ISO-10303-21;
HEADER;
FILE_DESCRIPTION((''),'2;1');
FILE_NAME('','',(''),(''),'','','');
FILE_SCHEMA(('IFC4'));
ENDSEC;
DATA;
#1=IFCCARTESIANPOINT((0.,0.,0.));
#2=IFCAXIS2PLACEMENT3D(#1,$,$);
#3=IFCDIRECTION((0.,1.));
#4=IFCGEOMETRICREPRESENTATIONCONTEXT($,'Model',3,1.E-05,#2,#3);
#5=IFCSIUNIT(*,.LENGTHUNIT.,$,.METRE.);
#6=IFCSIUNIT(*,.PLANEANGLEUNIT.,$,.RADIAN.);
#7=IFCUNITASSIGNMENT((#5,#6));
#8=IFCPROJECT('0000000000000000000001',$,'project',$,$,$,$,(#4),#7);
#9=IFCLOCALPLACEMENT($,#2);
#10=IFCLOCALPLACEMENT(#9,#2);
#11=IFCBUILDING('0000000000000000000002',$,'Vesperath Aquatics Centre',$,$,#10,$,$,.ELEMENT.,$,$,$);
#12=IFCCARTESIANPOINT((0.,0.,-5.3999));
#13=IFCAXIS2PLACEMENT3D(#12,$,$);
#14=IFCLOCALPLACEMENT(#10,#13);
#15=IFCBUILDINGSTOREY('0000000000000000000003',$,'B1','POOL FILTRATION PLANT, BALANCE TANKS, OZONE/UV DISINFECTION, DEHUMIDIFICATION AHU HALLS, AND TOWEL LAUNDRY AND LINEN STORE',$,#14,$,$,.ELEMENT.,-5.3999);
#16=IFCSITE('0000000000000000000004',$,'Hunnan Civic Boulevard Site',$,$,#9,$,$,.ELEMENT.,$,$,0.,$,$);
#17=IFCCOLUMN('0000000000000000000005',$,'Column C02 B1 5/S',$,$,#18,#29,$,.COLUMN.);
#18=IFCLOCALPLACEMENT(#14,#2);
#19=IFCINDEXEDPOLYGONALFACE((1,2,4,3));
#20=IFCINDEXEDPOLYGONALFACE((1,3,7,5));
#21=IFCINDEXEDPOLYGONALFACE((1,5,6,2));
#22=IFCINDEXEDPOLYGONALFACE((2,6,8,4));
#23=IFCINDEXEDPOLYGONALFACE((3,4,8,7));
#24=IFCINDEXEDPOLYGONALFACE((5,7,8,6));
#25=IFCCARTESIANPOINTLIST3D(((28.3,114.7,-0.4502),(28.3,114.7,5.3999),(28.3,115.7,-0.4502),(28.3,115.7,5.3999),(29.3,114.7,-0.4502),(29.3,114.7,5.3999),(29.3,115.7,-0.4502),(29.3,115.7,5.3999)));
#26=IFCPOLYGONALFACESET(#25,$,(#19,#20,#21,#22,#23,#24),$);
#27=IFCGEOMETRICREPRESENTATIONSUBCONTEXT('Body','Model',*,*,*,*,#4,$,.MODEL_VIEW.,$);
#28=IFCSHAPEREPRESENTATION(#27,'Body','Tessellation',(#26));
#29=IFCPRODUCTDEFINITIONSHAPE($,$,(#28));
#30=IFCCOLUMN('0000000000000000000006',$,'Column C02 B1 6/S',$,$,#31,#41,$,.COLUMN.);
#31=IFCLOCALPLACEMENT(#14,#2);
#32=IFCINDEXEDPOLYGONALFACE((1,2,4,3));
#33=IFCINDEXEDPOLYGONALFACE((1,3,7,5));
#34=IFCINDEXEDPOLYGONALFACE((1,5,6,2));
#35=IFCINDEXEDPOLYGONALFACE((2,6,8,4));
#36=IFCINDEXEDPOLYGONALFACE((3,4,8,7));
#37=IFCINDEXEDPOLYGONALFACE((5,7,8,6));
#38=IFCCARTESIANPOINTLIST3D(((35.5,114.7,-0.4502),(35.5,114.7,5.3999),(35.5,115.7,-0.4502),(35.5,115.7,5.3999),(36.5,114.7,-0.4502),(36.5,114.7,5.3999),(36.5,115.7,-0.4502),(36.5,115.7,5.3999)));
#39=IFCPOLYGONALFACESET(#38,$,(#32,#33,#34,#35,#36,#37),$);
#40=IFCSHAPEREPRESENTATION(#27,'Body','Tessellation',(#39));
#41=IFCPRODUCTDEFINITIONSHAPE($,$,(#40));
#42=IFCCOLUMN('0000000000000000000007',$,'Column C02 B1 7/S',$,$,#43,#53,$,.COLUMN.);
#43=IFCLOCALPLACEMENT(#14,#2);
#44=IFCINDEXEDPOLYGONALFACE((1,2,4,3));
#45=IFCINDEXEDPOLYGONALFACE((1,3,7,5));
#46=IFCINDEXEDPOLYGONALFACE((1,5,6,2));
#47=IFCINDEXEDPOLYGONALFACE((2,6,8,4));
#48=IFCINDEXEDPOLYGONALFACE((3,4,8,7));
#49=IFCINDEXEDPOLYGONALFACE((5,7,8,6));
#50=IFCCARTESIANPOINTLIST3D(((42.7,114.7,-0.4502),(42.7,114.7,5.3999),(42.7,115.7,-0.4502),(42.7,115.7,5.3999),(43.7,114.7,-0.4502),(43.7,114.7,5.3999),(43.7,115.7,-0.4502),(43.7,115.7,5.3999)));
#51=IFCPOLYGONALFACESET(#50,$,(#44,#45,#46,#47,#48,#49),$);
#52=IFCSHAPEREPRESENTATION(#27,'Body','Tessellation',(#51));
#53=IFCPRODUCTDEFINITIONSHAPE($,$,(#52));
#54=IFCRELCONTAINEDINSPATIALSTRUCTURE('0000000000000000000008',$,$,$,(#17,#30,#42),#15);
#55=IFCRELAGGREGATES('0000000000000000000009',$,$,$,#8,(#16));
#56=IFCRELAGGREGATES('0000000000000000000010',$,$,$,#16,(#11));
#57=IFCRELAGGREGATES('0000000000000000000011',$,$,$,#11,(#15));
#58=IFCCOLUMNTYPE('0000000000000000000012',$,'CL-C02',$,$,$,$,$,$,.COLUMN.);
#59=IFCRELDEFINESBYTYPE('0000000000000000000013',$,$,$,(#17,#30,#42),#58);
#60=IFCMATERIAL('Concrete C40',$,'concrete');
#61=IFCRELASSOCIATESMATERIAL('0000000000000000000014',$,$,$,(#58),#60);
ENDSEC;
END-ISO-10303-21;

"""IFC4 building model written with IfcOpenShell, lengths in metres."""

from ifc_helpers import new_model, si_unit, direction, frame, origin, origin_2d, place, context, subcontext, project, spatial, rectangle, extrude, material, material_profile, profile_set, type_object, element, save


model = new_model("IFC4")

# Units and contexts
model_context = context("Model", 3, precision=1e-05, world=origin(), true_north=direction((0.0, 1.0)))
body_context = subcontext(model_context, "Body", "Model", "MODEL_VIEW")
ifc_project = project(units=[si_unit("LENGTHUNIT", "METRE"), si_unit("PLANEANGLEUNIT", "RADIAN")], contexts=[model_context])

# Site, building, storey
site_placement = place(None, origin())
site = spatial("IfcSite", under=ifc_project, at=site_placement, Name="Hunnan Civic Boulevard Site", CompositionType="ELEMENT", RefElevation=0.0)
building_placement = place(site_placement, origin())
building = spatial("IfcBuilding", under=site, at=building_placement, Name="Vesperath Aquatics Centre", CompositionType="ELEMENT")
storey_placement = place(building_placement, frame((0.0, 0.0, -5.3999)))
storey = spatial("IfcBuildingStorey", under=building, at=storey_placement, Name="B1", Description="POOL FILTRATION PLANT, BALANCE TANKS, OZONE/UV DISINFECTION, DEHUMIDIFICATION AHU HALLS, AND TOWEL LAUNDRY AND LINEN STORE", CompositionType="ELEMENT", Elevation=-5.3999)

# Shared definitions
ifc_material_1 = material(Name="Concrete C40", Category="concrete")

# Columns
ifc_material_profile_1 = material_profile(ifc_material_1, rectangle(XDim=1.0, YDim=1.0, at=origin_2d()), Name="RC 1000x1000")
ifc_profile_set_1 = profile_set([ifc_material_profile_1], Name="Concrete C40")
column_type = type_object("IfcColumnType", Name="CL-C02", PredefinedType="COLUMN", material=ifc_profile_set_1)
for number, where, z_axis, x_axis, name in (
    (1, (28.8, 115.2, -0.4502), (0.0, 0.0, 1.0), (1.0, 0.0, 0.0), "Column C02 B1 5/S"),
    (2, (36.0, 115.2, -0.4502), (0.0, 0.0, 1.0), (1.0, 0.0, 0.0), "Column C02 B1 6/S"),
    (3, (43.2, 115.2, -0.4502), (0.0, 0.0, 1.0), (1.0, 0.0, 0.0), "Column C02 B1 7/S"),
):
    element("IfcColumn", number, at=place(storey_placement, frame(where, z_axis=z_axis, x_axis=x_axis)), inside=storey, type_object=column_type, Name=name, PredefinedType="COLUMN", context=body_context, shape_type="SweptSolid", body=[
        extrude(rectangle(XDim=1.0, YDim=1.0, at=origin_2d()), origin(), (0.0, 0.0, 1.0), 5.8501),
    ])

save(model, "model.ifc")
